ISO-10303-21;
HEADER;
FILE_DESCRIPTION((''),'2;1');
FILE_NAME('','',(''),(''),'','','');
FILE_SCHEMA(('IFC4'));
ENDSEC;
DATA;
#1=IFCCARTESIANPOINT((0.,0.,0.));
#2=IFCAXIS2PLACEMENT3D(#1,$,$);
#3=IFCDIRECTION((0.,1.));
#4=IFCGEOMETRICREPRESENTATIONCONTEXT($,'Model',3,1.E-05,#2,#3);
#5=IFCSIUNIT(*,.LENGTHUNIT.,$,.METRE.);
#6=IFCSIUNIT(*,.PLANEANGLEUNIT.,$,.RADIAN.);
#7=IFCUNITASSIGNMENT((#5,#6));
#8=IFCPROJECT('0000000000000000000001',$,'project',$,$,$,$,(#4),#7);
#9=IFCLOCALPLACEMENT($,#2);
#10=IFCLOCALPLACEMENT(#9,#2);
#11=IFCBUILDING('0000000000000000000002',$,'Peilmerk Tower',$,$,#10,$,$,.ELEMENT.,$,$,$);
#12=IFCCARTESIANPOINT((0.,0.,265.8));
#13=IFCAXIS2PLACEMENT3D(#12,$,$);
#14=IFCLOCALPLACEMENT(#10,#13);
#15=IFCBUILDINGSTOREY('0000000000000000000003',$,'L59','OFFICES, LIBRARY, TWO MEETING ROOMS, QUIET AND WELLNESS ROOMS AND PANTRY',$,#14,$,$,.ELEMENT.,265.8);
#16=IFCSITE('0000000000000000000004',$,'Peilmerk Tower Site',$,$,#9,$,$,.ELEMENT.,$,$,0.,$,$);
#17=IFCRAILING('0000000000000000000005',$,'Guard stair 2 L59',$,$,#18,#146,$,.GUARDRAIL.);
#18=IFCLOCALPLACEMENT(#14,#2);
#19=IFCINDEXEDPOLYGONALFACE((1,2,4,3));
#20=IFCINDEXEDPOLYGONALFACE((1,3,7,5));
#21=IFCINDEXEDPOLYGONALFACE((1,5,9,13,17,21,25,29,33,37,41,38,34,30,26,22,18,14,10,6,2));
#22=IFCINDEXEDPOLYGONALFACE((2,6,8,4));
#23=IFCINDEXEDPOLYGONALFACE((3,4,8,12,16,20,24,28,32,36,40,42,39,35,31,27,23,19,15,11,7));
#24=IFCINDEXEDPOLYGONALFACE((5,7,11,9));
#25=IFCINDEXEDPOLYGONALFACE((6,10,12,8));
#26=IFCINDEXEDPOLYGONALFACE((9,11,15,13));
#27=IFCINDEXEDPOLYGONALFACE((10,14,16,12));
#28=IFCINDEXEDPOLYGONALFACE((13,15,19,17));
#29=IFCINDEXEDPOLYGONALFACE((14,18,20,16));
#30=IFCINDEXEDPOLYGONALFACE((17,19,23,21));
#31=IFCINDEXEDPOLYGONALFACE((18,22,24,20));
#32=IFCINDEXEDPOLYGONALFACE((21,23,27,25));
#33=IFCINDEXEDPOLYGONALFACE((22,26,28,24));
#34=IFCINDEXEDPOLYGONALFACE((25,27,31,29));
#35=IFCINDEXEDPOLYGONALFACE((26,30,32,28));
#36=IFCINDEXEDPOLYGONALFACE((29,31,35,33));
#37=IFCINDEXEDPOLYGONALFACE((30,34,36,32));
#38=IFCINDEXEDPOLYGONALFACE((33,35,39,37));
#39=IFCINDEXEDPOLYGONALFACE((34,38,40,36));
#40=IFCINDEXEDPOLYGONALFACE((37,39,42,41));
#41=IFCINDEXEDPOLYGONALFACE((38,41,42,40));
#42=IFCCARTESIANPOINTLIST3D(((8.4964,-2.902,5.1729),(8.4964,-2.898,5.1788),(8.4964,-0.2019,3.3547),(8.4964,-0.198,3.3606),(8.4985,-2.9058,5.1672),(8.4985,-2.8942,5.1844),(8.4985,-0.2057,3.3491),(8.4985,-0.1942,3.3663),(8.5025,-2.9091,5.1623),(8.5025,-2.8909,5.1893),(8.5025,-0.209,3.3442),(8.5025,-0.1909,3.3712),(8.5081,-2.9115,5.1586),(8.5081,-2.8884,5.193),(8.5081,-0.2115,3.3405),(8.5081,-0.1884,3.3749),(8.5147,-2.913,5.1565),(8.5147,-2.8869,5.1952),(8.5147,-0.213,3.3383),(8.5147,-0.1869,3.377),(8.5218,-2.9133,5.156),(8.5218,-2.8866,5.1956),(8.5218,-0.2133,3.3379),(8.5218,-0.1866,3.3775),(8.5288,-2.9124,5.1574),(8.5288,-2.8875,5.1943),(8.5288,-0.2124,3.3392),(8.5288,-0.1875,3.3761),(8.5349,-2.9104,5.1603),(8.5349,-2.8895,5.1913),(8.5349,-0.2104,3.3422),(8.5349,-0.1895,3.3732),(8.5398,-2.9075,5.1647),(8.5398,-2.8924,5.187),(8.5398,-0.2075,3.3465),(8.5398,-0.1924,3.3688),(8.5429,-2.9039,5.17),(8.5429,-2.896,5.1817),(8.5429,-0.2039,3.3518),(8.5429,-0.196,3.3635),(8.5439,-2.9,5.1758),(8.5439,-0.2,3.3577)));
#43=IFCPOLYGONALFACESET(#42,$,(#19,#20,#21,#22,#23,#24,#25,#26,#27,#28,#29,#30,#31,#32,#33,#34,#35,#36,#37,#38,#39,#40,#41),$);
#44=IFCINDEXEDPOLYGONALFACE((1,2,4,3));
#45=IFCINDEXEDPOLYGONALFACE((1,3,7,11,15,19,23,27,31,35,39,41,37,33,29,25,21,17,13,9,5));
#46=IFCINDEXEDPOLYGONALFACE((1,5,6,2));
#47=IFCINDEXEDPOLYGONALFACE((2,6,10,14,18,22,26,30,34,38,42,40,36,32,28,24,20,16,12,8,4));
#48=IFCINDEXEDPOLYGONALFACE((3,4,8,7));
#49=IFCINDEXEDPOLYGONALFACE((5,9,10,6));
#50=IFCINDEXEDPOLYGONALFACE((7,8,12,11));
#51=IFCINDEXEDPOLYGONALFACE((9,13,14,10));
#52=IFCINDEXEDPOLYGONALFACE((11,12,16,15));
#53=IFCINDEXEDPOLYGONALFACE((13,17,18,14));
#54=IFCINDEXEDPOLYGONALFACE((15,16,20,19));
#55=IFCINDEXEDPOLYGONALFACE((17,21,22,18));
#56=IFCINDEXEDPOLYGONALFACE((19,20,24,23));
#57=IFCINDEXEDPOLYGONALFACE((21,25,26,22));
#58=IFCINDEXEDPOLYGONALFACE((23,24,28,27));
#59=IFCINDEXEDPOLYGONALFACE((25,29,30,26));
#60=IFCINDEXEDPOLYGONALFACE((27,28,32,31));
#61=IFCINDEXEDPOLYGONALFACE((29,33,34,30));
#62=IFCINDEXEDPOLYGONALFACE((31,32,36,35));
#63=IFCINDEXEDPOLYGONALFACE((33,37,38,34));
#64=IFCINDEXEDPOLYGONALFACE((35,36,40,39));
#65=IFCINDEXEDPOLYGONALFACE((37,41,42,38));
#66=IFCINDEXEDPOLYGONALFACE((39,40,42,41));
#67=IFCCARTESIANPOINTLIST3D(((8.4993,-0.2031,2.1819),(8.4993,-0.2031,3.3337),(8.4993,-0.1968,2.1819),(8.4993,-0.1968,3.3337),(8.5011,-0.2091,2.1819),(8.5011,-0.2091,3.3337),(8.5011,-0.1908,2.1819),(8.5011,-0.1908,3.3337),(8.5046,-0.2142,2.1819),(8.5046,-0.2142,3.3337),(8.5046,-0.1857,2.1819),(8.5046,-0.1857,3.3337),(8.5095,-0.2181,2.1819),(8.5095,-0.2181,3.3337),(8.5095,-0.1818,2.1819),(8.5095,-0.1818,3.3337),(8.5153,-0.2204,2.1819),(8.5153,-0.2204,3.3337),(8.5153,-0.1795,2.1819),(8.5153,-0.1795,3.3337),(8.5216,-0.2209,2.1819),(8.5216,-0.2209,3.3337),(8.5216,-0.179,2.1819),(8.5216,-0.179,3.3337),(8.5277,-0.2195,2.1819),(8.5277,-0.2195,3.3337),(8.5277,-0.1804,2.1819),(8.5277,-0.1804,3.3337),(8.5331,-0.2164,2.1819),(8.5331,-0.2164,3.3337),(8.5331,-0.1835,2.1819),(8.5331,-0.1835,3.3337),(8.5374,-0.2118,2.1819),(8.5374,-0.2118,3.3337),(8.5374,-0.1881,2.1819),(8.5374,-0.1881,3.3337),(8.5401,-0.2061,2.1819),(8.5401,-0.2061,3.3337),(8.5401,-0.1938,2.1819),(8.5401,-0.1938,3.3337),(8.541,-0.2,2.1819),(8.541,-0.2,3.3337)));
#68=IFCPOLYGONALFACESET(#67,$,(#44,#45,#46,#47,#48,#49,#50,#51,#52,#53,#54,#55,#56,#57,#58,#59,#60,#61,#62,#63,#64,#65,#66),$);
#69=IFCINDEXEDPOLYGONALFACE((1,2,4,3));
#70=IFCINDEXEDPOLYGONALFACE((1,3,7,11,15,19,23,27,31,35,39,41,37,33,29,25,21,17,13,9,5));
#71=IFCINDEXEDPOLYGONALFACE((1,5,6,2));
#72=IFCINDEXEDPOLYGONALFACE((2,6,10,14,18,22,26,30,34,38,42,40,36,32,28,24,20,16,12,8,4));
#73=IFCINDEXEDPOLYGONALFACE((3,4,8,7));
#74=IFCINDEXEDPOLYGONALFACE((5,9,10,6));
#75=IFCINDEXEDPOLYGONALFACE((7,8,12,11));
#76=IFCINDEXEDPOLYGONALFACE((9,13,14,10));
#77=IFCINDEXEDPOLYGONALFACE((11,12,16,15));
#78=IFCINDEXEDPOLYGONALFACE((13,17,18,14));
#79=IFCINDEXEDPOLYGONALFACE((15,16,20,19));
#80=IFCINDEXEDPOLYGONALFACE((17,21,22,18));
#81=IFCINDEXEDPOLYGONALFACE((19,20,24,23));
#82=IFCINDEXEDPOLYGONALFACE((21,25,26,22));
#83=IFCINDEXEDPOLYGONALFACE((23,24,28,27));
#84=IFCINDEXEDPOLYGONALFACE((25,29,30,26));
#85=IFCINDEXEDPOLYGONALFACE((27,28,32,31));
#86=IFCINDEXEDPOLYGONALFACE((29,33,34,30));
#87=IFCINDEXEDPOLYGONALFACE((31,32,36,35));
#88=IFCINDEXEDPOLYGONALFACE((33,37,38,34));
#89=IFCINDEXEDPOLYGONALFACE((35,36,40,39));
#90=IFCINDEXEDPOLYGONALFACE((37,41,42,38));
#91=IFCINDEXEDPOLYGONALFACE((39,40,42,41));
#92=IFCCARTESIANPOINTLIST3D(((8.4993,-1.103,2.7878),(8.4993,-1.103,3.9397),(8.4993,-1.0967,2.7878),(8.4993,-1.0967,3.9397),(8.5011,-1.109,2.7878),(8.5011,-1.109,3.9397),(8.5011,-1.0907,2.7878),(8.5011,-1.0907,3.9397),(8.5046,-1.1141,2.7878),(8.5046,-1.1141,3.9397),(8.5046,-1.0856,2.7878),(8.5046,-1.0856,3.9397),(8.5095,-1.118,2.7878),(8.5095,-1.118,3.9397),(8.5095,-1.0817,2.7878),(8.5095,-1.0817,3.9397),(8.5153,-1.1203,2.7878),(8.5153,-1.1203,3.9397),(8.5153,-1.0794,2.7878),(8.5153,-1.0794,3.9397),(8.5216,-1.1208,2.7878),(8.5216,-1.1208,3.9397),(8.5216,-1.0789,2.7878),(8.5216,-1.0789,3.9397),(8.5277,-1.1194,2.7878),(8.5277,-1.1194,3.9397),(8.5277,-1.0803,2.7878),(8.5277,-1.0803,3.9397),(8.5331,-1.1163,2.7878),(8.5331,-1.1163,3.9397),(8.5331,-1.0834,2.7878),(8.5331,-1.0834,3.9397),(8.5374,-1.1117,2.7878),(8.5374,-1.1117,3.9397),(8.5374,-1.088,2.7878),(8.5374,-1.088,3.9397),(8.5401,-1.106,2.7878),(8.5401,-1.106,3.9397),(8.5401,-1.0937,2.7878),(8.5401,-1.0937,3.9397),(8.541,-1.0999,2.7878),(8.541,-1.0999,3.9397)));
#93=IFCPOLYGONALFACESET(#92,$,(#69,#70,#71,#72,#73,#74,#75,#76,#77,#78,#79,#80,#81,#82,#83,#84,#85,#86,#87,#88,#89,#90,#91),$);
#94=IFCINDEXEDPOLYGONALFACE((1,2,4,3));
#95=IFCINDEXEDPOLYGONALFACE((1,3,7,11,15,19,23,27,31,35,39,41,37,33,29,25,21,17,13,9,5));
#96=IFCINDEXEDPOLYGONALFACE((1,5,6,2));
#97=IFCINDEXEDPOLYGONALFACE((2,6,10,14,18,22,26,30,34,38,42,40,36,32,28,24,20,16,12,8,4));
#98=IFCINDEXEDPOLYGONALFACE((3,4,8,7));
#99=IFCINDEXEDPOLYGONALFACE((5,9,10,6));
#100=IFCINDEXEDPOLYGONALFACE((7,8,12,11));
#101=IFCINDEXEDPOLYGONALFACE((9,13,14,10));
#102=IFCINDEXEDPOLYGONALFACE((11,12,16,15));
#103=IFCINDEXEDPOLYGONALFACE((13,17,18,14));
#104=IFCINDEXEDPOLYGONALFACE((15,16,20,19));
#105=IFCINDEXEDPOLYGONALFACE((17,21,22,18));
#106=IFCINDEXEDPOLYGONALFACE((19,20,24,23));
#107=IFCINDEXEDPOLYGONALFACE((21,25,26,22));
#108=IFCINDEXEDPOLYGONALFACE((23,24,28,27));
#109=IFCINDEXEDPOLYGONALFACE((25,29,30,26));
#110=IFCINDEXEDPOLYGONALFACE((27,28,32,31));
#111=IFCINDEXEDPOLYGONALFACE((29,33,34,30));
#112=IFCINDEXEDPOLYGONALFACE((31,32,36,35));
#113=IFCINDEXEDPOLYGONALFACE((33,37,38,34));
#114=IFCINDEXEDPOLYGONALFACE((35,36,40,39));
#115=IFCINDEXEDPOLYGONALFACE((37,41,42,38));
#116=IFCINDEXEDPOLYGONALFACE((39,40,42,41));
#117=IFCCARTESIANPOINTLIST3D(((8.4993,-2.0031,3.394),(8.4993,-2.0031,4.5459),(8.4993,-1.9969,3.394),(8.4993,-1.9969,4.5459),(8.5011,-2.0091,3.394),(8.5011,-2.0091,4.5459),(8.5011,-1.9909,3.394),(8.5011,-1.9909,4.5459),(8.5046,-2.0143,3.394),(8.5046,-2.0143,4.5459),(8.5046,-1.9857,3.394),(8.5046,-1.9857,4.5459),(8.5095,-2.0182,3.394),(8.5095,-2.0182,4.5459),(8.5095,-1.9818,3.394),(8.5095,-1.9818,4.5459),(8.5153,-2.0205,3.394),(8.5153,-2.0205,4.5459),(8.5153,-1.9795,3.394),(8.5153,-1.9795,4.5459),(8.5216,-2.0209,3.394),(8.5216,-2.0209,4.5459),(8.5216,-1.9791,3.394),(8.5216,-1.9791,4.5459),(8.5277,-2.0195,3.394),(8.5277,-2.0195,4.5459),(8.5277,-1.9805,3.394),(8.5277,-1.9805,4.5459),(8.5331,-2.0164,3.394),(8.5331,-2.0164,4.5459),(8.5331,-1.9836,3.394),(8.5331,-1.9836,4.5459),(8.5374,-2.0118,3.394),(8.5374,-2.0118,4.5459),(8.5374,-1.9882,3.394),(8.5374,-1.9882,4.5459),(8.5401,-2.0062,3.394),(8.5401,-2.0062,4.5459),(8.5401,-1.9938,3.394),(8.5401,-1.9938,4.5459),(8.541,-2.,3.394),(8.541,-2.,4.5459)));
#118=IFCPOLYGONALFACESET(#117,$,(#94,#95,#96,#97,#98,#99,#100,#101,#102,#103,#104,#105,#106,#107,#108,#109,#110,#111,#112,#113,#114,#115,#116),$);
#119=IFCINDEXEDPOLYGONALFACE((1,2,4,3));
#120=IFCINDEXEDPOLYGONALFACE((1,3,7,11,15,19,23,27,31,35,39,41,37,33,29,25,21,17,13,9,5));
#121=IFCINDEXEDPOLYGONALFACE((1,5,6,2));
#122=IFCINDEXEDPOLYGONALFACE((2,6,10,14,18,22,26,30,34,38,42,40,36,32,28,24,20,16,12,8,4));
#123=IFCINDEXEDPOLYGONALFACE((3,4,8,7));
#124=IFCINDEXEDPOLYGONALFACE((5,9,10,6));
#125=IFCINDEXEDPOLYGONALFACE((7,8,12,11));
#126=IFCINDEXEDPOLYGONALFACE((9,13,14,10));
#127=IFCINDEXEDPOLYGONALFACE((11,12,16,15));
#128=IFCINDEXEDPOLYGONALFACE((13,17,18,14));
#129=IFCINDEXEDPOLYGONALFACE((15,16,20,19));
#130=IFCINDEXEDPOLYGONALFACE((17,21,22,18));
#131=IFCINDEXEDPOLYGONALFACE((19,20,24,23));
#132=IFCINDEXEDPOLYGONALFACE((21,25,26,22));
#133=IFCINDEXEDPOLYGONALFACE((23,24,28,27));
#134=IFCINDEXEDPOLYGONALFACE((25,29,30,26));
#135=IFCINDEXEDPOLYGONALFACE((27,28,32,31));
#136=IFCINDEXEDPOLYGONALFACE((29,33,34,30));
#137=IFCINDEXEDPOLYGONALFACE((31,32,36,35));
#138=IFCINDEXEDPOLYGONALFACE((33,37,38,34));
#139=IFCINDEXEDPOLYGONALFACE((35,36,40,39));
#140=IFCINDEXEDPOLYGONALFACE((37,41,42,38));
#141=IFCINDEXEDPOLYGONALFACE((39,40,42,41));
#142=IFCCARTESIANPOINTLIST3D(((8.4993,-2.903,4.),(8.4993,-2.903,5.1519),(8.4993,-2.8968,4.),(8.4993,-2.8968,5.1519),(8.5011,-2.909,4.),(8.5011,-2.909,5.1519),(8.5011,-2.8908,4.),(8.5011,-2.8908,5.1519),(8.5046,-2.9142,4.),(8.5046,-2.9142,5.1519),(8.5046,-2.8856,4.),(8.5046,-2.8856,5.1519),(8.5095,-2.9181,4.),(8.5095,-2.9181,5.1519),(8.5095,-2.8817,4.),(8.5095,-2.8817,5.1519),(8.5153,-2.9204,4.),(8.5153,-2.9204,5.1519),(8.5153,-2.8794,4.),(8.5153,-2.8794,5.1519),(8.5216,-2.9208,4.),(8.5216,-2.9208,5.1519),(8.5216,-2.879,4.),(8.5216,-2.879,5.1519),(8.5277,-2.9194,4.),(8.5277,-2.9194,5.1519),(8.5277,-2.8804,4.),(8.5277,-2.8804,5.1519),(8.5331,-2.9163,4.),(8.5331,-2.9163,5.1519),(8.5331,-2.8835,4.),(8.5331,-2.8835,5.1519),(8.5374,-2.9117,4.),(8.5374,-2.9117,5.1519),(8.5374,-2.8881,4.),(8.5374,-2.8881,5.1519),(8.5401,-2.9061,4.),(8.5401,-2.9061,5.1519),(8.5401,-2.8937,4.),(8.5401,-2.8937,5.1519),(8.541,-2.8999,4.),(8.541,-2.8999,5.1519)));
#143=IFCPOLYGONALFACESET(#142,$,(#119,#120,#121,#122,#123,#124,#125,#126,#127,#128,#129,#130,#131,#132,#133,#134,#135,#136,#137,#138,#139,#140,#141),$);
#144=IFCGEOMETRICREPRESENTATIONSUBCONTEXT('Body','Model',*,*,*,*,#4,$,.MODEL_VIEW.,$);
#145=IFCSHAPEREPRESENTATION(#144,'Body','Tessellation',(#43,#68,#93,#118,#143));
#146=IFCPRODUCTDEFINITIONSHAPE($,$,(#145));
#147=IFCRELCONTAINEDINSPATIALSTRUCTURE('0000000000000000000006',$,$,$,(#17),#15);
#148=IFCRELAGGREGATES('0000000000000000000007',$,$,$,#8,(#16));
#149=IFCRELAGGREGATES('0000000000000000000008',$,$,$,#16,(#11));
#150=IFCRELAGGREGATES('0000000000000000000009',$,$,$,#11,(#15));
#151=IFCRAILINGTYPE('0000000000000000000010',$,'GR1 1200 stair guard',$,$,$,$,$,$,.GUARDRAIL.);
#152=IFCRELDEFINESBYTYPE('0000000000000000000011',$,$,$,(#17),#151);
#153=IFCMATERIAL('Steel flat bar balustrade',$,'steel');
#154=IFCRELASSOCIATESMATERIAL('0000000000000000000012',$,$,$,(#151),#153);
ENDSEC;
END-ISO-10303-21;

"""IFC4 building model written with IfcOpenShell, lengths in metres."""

from ifc_helpers import new_model, si_unit, direction, frame, origin, origin_2d, place, context, subcontext, project, spatial, circle, extrude, material, type_object, element, save


model = new_model("IFC4")

# Units and contexts
model_context = context("Model", 3, precision=1e-05, world=origin(), true_north=direction((0.0, 1.0)))
body_context = subcontext(model_context, "Body", "Model", "MODEL_VIEW")
ifc_project = project(units=[si_unit("LENGTHUNIT", "METRE"), si_unit("PLANEANGLEUNIT", "RADIAN")], contexts=[model_context])

# Site, building, storey
site_placement = place(None, origin())
site = spatial("IfcSite", under=ifc_project, at=site_placement, Name="Peilmerk Tower Site", CompositionType="ELEMENT", RefElevation=0.0)
building_placement = place(site_placement, origin())
building = spatial("IfcBuilding", under=site, at=building_placement, Name="Peilmerk Tower", CompositionType="ELEMENT")
storey_placement = place(building_placement, frame((0.0, 0.0, 265.8)))
storey = spatial("IfcBuildingStorey", under=building, at=storey_placement, Name="L59", Description="OFFICES, LIBRARY, TWO MEETING ROOMS, QUIET AND WELLNESS ROOMS AND PANTRY", CompositionType="ELEMENT", Elevation=265.8)

# Railing
ifc_material_1 = material(Name="Steel flat bar balustrade", Category="steel")
railing_type_1 = type_object("IfcRailingType", Name="GR1 1200 stair guard", PredefinedType="GUARDRAIL", material=ifc_material_1)
railing_1_placement = place(storey_placement, frame((8.52, -0.2, 2.1819)))
element("IfcRailing", 1, at=railing_1_placement, inside=storey, type_object=railing_type_1, Name="Guard stair 2 L59", PredefinedType="GUARDRAIL", context=body_context, shape_type="SweptSolid", body=[
    extrude(circle(Radius=0.0239, at=origin_2d()), frame((0.0, 0.0, 1.1758), z_axis=(0.0, -0.829468, 0.558554), x_axis=(1.0, 0.0, 0.0)), (0.0, 0.0, 1.0), 3.2551),
    extrude(circle(Radius=0.021, at=origin_2d()), origin(), (0.0, 0.0, 1.0), 1.1519),
    extrude(circle(Radius=0.021, at=origin_2d()), frame((0.0, -0.8999, 0.606)), (0.0, 0.0, 1.0), 1.1519),
    extrude(circle(Radius=0.021, at=origin_2d()), frame((0.0, -1.8, 1.2122)), (0.0, 0.0, 1.0), 1.1519),
    extrude(circle(Radius=0.021, at=origin_2d()), frame((0.0, -2.7, 1.8181)), (0.0, 0.0, 1.0), 1.1519),
])

save(model, "model.ifc")
